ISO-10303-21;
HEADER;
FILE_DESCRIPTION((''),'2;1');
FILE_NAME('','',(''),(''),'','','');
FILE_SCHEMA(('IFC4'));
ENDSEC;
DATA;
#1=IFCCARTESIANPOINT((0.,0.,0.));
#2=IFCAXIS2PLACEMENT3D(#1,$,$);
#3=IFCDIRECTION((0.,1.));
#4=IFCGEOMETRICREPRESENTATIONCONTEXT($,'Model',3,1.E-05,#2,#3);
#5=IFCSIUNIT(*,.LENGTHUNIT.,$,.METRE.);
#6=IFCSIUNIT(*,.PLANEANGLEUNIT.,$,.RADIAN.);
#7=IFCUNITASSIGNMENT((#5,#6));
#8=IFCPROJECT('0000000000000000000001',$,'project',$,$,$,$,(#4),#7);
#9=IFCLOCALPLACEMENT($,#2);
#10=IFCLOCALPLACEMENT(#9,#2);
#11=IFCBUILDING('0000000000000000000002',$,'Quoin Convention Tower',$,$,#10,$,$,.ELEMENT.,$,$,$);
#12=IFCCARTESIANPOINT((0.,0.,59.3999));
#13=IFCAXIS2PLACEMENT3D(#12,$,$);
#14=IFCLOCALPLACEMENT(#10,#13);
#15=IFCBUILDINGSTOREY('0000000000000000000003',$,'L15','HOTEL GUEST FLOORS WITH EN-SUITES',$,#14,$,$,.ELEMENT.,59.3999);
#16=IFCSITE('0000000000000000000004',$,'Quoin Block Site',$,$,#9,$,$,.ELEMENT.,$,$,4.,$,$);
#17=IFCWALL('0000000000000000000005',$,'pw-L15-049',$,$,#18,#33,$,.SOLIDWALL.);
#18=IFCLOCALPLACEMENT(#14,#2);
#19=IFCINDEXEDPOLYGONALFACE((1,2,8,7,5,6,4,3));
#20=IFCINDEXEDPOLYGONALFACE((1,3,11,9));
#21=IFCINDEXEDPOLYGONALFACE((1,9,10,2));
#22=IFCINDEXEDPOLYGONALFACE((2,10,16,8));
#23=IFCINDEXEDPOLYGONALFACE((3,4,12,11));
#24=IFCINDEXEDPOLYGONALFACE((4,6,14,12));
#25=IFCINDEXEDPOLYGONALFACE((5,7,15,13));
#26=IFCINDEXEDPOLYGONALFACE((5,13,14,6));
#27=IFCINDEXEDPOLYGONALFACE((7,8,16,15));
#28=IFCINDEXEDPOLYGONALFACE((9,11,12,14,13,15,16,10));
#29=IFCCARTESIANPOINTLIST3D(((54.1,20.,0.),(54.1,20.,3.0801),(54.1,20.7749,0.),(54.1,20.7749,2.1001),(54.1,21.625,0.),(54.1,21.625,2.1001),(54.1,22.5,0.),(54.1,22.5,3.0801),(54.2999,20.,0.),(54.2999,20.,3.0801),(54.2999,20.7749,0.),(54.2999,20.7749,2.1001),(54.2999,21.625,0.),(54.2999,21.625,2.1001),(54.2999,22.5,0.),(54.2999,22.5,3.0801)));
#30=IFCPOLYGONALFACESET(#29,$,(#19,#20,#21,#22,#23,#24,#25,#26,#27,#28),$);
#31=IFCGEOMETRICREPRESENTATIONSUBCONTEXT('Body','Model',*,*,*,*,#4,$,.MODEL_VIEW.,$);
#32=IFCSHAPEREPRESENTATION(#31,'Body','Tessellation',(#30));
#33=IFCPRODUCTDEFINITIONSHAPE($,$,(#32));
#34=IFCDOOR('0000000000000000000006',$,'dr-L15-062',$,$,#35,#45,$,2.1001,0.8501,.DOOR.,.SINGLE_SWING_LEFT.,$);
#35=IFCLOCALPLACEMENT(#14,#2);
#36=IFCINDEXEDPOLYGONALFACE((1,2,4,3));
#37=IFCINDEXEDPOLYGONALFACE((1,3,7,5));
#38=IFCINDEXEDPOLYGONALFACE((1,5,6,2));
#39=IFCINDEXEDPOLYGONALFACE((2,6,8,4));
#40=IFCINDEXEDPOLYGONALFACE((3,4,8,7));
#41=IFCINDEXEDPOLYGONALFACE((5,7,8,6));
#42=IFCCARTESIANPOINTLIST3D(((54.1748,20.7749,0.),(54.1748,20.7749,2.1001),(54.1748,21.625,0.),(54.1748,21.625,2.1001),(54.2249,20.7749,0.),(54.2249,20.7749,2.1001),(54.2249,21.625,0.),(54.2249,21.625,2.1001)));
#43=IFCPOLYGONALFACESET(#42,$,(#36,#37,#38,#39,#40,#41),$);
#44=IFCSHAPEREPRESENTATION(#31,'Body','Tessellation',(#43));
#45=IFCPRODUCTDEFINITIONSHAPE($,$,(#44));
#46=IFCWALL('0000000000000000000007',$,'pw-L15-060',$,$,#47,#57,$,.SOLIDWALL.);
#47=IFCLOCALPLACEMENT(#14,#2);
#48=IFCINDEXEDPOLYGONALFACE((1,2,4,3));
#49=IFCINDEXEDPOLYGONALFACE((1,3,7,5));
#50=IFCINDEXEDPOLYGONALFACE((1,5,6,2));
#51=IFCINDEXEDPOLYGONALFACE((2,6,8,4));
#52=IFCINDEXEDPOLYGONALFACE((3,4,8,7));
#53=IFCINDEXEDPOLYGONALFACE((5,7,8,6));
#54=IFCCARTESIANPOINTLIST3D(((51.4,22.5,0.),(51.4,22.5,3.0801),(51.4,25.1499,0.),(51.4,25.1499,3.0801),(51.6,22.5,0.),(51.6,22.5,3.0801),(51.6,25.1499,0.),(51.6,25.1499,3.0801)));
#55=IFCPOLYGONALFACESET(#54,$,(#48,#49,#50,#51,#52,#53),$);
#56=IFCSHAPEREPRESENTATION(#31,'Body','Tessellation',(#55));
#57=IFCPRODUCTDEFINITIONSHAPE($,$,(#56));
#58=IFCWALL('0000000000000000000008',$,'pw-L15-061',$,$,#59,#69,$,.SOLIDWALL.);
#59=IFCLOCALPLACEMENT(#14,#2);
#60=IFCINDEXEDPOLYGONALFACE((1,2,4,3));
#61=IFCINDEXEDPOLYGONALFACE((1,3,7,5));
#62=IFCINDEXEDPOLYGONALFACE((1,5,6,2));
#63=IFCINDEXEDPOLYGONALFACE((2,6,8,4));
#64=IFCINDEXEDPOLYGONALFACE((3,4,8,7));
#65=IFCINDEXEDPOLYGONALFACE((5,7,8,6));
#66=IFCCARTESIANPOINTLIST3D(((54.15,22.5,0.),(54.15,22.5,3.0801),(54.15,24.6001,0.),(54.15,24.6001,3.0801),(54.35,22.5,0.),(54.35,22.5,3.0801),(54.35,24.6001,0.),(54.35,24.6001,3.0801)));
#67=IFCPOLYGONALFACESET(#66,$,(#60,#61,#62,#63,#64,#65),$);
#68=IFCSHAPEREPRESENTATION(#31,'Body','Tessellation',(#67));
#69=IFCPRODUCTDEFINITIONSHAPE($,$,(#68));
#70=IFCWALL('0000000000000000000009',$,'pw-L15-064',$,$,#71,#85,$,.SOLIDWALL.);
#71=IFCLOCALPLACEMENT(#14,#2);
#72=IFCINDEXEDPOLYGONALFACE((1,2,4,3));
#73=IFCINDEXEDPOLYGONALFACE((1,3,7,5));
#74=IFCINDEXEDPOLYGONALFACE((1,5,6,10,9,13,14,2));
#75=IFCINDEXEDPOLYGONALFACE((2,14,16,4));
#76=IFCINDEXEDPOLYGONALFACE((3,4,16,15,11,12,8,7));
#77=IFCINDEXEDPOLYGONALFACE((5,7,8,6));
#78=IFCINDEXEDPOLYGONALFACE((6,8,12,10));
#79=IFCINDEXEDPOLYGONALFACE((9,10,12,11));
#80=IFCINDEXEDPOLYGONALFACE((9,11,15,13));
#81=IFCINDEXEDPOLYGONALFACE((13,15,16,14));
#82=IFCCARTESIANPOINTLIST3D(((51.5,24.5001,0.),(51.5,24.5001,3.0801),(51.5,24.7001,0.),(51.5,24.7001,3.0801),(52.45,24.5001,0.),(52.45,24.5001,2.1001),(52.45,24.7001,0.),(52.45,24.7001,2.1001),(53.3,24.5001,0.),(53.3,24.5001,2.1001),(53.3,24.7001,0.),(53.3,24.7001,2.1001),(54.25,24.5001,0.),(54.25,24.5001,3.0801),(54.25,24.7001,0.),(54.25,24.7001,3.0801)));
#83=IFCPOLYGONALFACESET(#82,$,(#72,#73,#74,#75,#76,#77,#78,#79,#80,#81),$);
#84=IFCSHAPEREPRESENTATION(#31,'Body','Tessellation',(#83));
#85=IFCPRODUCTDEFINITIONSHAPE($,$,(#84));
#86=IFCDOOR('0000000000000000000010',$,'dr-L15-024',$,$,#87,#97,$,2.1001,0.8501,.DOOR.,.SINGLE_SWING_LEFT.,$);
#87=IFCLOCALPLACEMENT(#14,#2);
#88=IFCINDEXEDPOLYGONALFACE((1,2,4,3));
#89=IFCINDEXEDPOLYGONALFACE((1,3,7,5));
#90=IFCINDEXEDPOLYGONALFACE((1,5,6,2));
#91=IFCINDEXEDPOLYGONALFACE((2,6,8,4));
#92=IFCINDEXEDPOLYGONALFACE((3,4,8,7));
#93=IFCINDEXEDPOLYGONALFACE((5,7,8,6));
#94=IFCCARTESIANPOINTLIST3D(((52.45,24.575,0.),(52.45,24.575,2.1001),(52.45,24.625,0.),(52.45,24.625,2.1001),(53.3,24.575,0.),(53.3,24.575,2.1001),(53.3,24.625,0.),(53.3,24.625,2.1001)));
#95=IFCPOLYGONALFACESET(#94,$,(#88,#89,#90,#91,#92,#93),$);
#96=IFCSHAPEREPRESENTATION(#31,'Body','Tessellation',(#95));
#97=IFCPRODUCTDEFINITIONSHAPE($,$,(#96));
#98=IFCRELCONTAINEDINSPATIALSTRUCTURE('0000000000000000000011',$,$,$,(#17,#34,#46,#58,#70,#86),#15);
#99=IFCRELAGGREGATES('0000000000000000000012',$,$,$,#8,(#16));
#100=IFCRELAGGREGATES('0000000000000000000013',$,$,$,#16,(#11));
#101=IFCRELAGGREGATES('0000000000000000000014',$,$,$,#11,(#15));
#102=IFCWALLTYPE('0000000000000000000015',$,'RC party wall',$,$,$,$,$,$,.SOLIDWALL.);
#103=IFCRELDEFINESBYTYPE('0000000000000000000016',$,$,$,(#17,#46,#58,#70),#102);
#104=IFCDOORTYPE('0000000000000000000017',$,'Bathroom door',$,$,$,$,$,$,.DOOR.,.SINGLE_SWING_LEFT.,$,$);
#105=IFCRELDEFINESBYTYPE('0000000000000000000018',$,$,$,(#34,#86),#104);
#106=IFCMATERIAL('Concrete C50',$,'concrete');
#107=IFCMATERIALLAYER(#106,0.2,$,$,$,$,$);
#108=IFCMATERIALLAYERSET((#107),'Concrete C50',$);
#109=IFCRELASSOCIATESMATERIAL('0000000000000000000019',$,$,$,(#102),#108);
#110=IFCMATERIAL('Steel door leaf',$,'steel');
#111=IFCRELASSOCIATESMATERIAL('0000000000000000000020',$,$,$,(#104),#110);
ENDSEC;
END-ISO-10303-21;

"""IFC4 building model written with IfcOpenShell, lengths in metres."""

from ifc_helpers import new_model, si_unit, direction, frame, frame_2d, origin, place, context, subcontext, project, spatial, rectangle, extrude, material, layer, layer_set, type_object, element, fill, save


model = new_model("IFC4")

# Units and contexts
model_context = context("Model", 3, precision=1e-05, world=origin(), true_north=direction((0.0, 1.0)))
body_context = subcontext(model_context, "Body", "Model", "MODEL_VIEW")
ifc_project = project(units=[si_unit("LENGTHUNIT", "METRE"), si_unit("PLANEANGLEUNIT", "RADIAN")], contexts=[model_context])

# Site, building, storey
site_placement = place(None, origin())
site = spatial("IfcSite", under=ifc_project, at=site_placement, Name="Quoin Block Site", CompositionType="ELEMENT", RefElevation=4.0)
building_placement = place(site_placement, origin())
building = spatial("IfcBuilding", under=site, at=building_placement, Name="Quoin Convention Tower", CompositionType="ELEMENT")
storey_placement = place(building_placement, frame((0.0, 0.0, 59.3999)))
storey = spatial("IfcBuildingStorey", under=building, at=storey_placement, Name="L15", Description="HOTEL GUEST FLOORS WITH EN-SUITES", CompositionType="ELEMENT", Elevation=59.3999)

# Shared definitions
ifc_material_1 = material(Name="Concrete C50", Category="concrete")
ifc_layer_1 = layer(ifc_material_1, 0.2)
ifc_layer_set_1 = layer_set([ifc_layer_1], Name="Concrete C50")
wall_type_1 = type_object("IfcWallType", Name="RC party wall", PredefinedType="SOLIDWALL", material=ifc_layer_set_1)

# Wall, opening, door
wall_1_placement = place(storey_placement, frame((54.2, 20.0, 0.0), z_axis=(0.0, 0.0, 1.0), x_axis=(0.0, 1.0, 0.0)))
wall_1 = element("IfcWall", 1, at=wall_1_placement, inside=storey, type_object=wall_type_1, Name="pw-L15-049", PredefinedType="SOLIDWALL", context=body_context, shape_type="SweptSolid", body=[
    extrude(rectangle(XDim=2.5, YDim=0.2, at=frame_2d((1.25, 0.0))), origin(), (0.0, 0.0, 1.0), 3.0801),
])
opening_1_placement = place(wall_1_placement, frame((0.7749, 0.0, 0.0)))
opening_1 = element("IfcOpeningElement", 2, at=opening_1_placement, cuts=wall_1, PredefinedType="OPENING", context=body_context, shape_type="SweptSolid", body=[
    extrude(rectangle(XDim=0.8501, YDim=2.1001, at=frame_2d((0.425, 1.05))), frame((0.0, 0.1099, 0.0), z_axis=(0.0, -1.0, 0.0), x_axis=(1.0, 0.0, 0.0)), (0.0, 0.0, 1.0), 0.22),
])
ifc_material_2 = material(Name="Steel door leaf", Category="steel")
door_type_1 = type_object("IfcDoorType", Name="Bathroom door", OperationType="SINGLE_SWING_LEFT", PredefinedType="DOOR", material=ifc_material_2)
door_1_placement = place(opening_1_placement, frame((0.8501, 0.0, 0.0), z_axis=(0.0, 0.0, 1.0), x_axis=(-1.0, 0.0, 0.0)))
door_1 = element("IfcDoor", 3, at=door_1_placement, inside=storey, type_object=door_type_1, Name="dr-L15-062", OperationType="SINGLE_SWING_LEFT", OverallHeight=2.1001, OverallWidth=0.8501, PredefinedType="DOOR", context=body_context, shape_type="SweptSolid", body=[
    extrude(rectangle(XDim=0.8501, YDim=2.1001, at=frame_2d((0.425, 1.05))), frame((0.0, 0.0249, 0.0), z_axis=(0.0, -1.0, 0.0), x_axis=(1.0, 0.0, 0.0)), (0.0, 0.0, 1.0), 0.05),
])
fill(opening_1, door_1)

# Walls
wall_2_placement = place(storey_placement, frame((51.5, 22.5, 0.0), z_axis=(0.0, 0.0, 1.0), x_axis=(0.0, 1.0, 0.0)))
element("IfcWall", 4, at=wall_2_placement, inside=storey, type_object=wall_type_1, Name="pw-L15-060", PredefinedType="SOLIDWALL", context=body_context, shape_type="SweptSolid", body=[
    extrude(rectangle(XDim=2.6499, YDim=0.2, at=frame_2d((1.325, 0.0))), origin(), (0.0, 0.0, 1.0), 3.0801),
])
wall_3_placement = place(storey_placement, frame((54.25, 22.5, 0.0), z_axis=(0.0, 0.0, 1.0), x_axis=(0.0, 1.0, 0.0)))
element("IfcWall", 5, at=wall_3_placement, inside=storey, type_object=wall_type_1, Name="pw-L15-061", PredefinedType="SOLIDWALL", context=body_context, shape_type="SweptSolid", body=[
    extrude(rectangle(XDim=2.1001, YDim=0.2, at=frame_2d((1.05, 0.0))), origin(), (0.0, 0.0, 1.0), 3.0801),
])

# Wall, opening, door
wall_4_placement = place(storey_placement, frame((51.5, 24.6001, 0.0), z_axis=(0.0, 0.0, 1.0), x_axis=(1.0, 0.0, 0.0)))
wall_4 = element("IfcWall", 6, at=wall_4_placement, inside=storey, type_object=wall_type_1, Name="pw-L15-064", PredefinedType="SOLIDWALL", context=body_context, shape_type="SweptSolid", body=[
    extrude(rectangle(XDim=2.75, YDim=0.2, at=frame_2d((1.375, 0.0))), origin(), (0.0, 0.0, 1.0), 3.0801),
])
opening_2_placement = place(wall_4_placement, frame((0.95, 0.0, 0.0)))
opening_2 = element("IfcOpeningElement", 7, at=opening_2_placement, cuts=wall_4, PredefinedType="OPENING", context=body_context, shape_type="SweptSolid", body=[
    extrude(rectangle(XDim=0.8501, YDim=2.1001, at=frame_2d((0.425, 1.05))), frame((0.0, 0.1099, 0.0), z_axis=(0.0, -1.0, 0.0), x_axis=(1.0, 0.0, 0.0)), (0.0, 0.0, 1.0), 0.22),
])
door_2_placement = place(opening_2_placement, origin())
door_2 = element("IfcDoor", 8, at=door_2_placement, inside=storey, type_object=door_type_1, Name="dr-L15-024", OperationType="SINGLE_SWING_LEFT", OverallHeight=2.1001, OverallWidth=0.8501, PredefinedType="DOOR", context=body_context, shape_type="SweptSolid", body=[
    extrude(rectangle(XDim=0.8501, YDim=2.1001, at=frame_2d((0.425, 1.05))), frame((0.0, 0.0249, 0.0), z_axis=(0.0, -1.0, 0.0), x_axis=(1.0, 0.0, 0.0)), (0.0, 0.0, 1.0), 0.05),
])
fill(opening_2, door_2)

save(model, "model.ifc")
